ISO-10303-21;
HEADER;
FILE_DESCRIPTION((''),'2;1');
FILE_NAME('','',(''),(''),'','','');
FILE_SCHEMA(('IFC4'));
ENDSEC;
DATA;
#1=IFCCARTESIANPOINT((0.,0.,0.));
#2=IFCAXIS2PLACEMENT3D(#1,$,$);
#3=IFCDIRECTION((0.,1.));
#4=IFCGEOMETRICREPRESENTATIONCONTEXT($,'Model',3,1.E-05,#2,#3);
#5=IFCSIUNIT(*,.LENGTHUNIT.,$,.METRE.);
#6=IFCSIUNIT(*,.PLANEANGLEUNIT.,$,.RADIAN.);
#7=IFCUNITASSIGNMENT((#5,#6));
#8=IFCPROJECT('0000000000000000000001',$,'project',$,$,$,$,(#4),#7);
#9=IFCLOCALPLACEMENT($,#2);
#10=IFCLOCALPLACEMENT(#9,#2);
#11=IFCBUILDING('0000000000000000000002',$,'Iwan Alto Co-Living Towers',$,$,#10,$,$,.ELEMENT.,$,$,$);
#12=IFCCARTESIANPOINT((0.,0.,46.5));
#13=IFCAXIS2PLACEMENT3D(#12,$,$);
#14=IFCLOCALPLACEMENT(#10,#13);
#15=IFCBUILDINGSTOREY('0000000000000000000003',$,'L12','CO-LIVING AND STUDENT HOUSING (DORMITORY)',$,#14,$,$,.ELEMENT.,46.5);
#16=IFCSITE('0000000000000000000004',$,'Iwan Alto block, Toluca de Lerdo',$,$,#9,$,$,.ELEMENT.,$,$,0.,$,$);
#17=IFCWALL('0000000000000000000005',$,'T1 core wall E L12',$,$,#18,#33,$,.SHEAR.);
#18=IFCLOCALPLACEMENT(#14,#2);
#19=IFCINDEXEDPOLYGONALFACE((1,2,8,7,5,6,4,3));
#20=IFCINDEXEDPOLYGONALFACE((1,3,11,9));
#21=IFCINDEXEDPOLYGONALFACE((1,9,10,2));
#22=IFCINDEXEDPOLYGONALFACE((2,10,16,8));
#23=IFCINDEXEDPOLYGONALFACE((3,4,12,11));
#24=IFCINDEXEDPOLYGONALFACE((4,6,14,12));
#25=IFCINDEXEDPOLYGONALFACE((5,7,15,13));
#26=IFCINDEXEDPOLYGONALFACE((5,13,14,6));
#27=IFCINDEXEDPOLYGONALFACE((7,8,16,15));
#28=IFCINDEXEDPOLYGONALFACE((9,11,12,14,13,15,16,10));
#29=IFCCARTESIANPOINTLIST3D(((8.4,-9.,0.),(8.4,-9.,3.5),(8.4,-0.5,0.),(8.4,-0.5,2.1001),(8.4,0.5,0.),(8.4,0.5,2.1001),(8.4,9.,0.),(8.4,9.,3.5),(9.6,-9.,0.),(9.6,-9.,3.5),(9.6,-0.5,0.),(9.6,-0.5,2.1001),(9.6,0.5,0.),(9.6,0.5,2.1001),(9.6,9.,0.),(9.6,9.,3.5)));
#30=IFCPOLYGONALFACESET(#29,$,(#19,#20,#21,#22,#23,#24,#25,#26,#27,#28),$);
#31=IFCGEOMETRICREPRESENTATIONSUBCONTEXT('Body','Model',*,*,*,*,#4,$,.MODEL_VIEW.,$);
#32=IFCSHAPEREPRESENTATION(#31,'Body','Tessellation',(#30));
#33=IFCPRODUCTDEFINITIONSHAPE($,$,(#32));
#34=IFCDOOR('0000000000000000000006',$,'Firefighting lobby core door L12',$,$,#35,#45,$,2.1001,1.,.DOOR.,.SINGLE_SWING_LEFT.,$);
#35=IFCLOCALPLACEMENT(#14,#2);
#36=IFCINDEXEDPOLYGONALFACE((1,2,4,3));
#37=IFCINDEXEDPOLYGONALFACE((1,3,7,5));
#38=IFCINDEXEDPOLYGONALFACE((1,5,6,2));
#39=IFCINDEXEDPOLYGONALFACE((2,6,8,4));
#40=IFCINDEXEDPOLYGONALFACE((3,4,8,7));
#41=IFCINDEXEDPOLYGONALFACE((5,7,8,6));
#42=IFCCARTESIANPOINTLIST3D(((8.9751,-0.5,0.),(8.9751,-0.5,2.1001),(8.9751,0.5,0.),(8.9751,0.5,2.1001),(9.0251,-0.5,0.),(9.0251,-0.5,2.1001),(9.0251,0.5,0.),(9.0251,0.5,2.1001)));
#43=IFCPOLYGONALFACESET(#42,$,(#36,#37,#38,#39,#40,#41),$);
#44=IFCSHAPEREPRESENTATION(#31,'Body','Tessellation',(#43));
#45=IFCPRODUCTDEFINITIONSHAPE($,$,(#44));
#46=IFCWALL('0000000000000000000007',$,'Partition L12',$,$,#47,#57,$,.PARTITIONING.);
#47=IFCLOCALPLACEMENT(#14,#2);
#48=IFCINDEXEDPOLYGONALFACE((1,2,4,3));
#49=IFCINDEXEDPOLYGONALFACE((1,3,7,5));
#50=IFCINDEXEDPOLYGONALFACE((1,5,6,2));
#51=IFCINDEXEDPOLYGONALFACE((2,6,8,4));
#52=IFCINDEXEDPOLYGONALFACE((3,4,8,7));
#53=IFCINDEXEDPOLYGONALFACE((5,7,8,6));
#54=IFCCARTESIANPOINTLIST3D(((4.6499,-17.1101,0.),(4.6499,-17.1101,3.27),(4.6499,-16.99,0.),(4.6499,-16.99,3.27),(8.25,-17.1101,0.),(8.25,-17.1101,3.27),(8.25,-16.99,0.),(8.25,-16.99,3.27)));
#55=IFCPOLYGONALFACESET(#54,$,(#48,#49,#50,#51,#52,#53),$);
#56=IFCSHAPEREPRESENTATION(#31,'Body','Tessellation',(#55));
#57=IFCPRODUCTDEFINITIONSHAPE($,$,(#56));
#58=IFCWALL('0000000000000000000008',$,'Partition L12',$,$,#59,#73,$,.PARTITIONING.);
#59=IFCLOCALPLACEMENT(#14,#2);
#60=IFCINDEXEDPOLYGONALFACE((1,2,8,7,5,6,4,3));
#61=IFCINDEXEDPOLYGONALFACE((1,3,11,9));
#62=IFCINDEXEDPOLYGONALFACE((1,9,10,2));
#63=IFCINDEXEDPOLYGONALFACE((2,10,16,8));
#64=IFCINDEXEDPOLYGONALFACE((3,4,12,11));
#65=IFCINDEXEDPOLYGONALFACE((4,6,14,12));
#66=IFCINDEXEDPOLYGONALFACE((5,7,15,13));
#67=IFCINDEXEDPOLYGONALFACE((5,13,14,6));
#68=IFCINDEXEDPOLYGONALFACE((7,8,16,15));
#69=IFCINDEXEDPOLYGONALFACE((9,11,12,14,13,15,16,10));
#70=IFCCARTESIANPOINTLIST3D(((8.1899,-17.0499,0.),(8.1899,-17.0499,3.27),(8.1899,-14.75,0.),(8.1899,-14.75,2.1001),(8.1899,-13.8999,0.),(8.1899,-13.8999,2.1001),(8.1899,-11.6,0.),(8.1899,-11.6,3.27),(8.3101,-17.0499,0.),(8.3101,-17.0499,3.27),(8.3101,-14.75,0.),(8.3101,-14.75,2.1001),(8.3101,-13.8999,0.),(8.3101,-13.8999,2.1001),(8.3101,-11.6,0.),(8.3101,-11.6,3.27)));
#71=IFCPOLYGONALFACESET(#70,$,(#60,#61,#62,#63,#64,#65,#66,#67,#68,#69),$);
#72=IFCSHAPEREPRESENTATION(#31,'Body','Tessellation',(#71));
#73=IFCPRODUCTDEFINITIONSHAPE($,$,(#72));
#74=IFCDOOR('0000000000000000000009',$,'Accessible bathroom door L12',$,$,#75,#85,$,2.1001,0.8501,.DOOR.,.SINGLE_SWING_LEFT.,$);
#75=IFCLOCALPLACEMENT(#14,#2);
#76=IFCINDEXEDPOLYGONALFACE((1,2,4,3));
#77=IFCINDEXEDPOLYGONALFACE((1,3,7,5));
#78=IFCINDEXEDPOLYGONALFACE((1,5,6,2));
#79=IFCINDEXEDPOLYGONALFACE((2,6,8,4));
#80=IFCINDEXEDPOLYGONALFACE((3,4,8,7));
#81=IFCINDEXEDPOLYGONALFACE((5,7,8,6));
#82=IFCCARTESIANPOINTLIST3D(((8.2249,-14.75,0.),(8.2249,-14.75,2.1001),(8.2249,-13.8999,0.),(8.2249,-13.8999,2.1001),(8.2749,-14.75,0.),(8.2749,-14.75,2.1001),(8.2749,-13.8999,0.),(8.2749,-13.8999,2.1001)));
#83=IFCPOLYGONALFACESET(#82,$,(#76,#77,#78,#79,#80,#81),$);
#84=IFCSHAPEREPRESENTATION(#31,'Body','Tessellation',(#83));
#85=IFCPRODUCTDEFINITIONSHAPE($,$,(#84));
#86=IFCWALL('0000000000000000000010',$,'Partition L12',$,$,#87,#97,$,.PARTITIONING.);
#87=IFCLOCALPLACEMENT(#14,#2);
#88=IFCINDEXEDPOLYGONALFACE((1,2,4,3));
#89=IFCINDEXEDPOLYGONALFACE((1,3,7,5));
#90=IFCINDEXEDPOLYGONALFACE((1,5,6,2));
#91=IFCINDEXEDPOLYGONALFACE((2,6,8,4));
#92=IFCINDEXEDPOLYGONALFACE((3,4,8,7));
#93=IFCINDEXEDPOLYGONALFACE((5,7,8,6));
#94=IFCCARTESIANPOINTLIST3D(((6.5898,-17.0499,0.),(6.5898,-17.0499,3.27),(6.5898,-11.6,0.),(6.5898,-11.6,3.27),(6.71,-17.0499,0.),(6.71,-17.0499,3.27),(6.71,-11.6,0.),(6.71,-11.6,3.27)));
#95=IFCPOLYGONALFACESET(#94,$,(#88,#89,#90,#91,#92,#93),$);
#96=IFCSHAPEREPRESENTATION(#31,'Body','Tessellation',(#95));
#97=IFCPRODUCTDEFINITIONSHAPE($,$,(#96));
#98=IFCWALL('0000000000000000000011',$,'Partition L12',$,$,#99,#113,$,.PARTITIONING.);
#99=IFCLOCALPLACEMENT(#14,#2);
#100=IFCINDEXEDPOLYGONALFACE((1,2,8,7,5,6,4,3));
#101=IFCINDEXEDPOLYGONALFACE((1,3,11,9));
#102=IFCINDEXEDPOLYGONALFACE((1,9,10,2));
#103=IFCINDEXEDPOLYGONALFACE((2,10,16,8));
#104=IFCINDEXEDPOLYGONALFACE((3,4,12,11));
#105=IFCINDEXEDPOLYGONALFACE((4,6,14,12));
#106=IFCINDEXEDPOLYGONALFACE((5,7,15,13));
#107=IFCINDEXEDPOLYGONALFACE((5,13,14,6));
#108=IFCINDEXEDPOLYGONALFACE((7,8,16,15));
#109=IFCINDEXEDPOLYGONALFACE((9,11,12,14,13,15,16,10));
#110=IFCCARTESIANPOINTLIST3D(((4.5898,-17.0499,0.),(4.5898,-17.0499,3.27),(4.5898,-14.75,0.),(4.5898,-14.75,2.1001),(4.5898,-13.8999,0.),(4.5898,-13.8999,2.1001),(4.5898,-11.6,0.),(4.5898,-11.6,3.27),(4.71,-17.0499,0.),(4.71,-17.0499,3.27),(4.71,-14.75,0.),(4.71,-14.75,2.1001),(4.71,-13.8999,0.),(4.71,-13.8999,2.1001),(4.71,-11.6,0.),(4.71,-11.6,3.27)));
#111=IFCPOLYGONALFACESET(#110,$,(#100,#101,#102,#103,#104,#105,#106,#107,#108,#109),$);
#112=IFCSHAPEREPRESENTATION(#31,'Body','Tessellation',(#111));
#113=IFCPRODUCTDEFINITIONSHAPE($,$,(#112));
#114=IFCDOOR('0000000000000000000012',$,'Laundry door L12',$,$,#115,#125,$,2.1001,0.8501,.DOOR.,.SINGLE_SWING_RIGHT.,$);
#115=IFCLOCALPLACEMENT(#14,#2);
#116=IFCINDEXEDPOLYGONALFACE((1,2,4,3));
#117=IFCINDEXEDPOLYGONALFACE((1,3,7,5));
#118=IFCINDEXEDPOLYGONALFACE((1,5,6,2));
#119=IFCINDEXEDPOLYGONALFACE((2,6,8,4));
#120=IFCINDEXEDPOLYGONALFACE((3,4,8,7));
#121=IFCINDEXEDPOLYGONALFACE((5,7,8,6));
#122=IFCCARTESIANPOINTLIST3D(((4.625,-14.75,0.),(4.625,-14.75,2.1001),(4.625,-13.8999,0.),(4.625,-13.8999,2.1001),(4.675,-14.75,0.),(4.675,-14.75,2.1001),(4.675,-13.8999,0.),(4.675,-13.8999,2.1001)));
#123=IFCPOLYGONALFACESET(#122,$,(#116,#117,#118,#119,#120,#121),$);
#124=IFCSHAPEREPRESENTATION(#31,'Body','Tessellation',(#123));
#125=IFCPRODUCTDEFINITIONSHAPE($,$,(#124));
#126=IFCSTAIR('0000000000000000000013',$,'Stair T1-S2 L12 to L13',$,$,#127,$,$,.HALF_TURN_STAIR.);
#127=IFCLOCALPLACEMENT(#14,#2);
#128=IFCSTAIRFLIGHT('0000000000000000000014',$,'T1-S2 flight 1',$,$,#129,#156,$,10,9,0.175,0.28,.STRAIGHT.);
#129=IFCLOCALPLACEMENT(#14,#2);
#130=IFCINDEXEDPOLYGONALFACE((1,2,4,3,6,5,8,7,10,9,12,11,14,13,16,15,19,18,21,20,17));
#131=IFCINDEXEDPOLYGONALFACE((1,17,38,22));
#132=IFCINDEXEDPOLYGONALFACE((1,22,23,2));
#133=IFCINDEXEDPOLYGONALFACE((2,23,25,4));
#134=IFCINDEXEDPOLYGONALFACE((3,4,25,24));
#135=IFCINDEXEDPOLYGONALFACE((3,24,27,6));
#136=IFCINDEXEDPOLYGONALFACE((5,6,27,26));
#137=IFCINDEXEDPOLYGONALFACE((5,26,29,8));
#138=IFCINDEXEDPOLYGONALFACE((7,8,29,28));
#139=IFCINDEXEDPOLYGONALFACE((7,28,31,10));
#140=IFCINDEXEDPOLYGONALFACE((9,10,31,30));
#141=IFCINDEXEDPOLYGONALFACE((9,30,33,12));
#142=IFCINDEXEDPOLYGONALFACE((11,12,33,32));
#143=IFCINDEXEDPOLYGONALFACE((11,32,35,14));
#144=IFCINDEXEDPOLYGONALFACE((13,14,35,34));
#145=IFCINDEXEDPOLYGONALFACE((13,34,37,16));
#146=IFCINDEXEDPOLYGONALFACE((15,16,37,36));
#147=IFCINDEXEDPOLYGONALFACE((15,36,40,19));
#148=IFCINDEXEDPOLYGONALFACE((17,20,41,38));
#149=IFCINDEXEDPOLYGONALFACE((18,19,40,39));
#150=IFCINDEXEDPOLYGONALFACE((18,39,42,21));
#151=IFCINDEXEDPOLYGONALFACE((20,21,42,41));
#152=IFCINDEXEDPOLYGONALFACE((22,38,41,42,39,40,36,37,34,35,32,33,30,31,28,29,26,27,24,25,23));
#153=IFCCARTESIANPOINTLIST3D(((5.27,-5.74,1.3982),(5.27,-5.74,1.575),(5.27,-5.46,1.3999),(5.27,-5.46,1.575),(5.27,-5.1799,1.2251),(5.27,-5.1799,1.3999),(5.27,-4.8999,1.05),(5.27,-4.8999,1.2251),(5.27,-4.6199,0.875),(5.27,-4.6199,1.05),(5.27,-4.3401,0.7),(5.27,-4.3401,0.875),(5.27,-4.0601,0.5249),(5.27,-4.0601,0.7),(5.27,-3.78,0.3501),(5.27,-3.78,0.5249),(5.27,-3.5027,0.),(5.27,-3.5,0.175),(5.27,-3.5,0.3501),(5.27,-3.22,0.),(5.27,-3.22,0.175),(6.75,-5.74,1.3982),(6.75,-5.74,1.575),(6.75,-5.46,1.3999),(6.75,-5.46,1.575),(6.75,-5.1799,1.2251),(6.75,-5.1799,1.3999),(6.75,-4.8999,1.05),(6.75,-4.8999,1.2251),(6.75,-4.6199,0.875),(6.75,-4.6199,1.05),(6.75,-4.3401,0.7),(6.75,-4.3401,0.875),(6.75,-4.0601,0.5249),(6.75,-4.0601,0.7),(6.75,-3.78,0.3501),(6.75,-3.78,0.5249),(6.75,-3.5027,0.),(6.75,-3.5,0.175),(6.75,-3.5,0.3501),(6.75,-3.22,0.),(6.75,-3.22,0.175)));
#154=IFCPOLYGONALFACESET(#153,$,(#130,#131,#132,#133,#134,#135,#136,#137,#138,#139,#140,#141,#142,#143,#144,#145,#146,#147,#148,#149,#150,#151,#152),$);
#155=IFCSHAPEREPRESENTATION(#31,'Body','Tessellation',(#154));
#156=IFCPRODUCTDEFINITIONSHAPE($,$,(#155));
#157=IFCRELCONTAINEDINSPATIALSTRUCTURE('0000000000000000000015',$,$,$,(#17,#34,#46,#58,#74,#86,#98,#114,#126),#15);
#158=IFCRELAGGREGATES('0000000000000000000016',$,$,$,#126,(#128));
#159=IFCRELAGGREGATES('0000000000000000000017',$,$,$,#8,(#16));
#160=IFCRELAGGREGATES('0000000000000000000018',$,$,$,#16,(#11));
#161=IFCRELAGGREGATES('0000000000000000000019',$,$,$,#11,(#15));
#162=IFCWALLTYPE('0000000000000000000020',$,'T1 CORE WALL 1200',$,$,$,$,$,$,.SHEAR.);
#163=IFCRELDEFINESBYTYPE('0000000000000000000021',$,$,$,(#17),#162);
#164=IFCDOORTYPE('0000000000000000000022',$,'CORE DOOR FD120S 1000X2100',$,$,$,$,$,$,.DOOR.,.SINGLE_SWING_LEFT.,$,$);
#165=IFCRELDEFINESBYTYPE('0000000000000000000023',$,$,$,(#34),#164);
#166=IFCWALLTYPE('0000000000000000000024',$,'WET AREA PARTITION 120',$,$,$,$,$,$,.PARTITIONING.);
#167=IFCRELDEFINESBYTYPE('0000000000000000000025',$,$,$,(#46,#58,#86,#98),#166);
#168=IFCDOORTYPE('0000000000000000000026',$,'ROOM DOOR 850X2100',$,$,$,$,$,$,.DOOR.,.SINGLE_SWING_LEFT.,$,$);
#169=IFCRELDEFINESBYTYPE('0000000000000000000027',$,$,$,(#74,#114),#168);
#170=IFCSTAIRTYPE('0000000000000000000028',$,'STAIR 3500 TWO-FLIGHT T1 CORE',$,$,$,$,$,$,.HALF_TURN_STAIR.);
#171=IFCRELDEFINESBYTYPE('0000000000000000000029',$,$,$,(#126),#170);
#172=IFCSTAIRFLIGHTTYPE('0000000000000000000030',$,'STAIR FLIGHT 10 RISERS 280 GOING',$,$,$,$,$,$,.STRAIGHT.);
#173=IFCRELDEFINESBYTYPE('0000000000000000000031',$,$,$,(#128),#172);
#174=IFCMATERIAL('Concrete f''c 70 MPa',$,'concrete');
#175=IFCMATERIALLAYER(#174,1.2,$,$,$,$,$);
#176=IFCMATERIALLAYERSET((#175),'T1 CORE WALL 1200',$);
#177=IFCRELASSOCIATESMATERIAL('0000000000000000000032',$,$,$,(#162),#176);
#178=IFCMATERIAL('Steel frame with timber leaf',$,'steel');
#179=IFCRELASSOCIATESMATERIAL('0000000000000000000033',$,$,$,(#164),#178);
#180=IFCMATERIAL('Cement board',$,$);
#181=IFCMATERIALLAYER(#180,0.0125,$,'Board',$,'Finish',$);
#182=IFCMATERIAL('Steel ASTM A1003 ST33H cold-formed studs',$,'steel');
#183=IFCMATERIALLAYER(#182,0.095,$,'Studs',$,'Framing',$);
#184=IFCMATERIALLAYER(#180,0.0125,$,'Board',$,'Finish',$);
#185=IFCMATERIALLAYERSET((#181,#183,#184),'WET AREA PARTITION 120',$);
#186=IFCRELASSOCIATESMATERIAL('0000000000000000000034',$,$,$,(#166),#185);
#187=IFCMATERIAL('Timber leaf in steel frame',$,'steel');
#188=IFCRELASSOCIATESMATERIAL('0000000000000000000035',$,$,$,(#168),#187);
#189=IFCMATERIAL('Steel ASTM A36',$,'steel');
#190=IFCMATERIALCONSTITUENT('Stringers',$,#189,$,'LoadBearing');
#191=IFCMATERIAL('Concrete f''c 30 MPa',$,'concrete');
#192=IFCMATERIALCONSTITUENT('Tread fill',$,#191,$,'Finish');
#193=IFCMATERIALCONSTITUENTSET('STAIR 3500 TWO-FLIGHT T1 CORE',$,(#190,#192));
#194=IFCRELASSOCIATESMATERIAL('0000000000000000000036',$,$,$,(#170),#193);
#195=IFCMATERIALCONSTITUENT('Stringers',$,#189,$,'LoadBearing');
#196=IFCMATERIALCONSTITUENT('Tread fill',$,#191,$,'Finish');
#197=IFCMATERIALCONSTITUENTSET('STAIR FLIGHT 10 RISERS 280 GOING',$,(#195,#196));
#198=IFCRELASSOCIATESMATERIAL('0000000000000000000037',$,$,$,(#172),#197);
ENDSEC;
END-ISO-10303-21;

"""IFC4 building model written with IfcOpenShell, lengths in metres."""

from ifc_helpers import new_model, si_unit, direction, frame, frame_2d, origin, place, context, subcontext, project, spatial, polyline, rectangle, outline, extrude, material, layer, layer_set, constituent, constituent_set, type_object, element, fill, aggregate, save


model = new_model("IFC4")

# Units and contexts
model_context = context("Model", 3, precision=1e-05, world=origin(), true_north=direction((0.0, 1.0)))
body_context = subcontext(model_context, "Body", "Model", "MODEL_VIEW")
ifc_project = project(units=[si_unit("LENGTHUNIT", "METRE"), si_unit("PLANEANGLEUNIT", "RADIAN")], contexts=[model_context])

# Site, building, storey
site_placement = place(None, origin())
site = spatial("IfcSite", under=ifc_project, at=site_placement, Name="Iwan Alto block, Toluca de Lerdo", CompositionType="ELEMENT", RefElevation=0.0)
building_placement = place(site_placement, origin())
building = spatial("IfcBuilding", under=site, at=building_placement, Name="Iwan Alto Co-Living Towers", CompositionType="ELEMENT")
storey_placement = place(building_placement, frame((0.0, 0.0, 46.5)))
storey = spatial("IfcBuildingStorey", under=building, at=storey_placement, Name="L12", Description="CO-LIVING AND STUDENT HOUSING (DORMITORY)", CompositionType="ELEMENT", Elevation=46.5)

# Shared definitions
ifc_material_1 = material(Name="Steel ASTM A1003 ST33H cold-formed studs", Category="steel")

# Wall, opening, door
ifc_material_2 = material(Name="Concrete f'c 70 MPa", Category="concrete")
ifc_layer_1 = layer(ifc_material_2, 1.2)
ifc_layer_set_1 = layer_set([ifc_layer_1], Name="T1 CORE WALL 1200")
wall_type_1 = type_object("IfcWallType", Name="T1 CORE WALL 1200", PredefinedType="SHEAR", material=ifc_layer_set_1)
wall_1_placement = place(storey_placement, frame((9.0, -9.0, 0.0), z_axis=(0.0, 0.0, 1.0), x_axis=(0.0, 1.0, 0.0)))
wall_1 = element("IfcWall", 1, at=wall_1_placement, inside=storey, type_object=wall_type_1, Name="T1 core wall E L12", PredefinedType="SHEAR", context=body_context, shape_type="SweptSolid", body=[
    extrude(rectangle(XDim=18.0, YDim=1.2, at=frame_2d((9.0, 0.0))), origin(), (0.0, 0.0, 1.0), 3.5),
])
opening_1_placement = place(wall_1_placement, frame((8.5, 0.0, 0.0)))
opening_1 = element("IfcOpeningElement", 2, at=opening_1_placement, cuts=wall_1, PredefinedType="OPENING", context=body_context, shape_type="SweptSolid", body=[
    extrude(rectangle(XDim=1.0, YDim=2.1001, at=frame_2d((0.5, 1.05))), frame((0.0, 0.6099, 0.0), z_axis=(0.0, -1.0, 0.0), x_axis=(1.0, 0.0, 0.0)), (0.0, 0.0, 1.0), 1.22),
])
ifc_material_3 = material(Name="Steel frame with timber leaf", Category="steel")
door_type_1 = type_object("IfcDoorType", Name="CORE DOOR FD120S 1000X2100", OperationType="SINGLE_SWING_LEFT", PredefinedType="DOOR", material=ifc_material_3)
door_1_placement = place(opening_1_placement, origin())
door_1 = element("IfcDoor", 3, at=door_1_placement, inside=storey, type_object=door_type_1, Name="Firefighting lobby core door L12", OperationType="SINGLE_SWING_LEFT", OverallHeight=2.1001, OverallWidth=1.0, PredefinedType="DOOR", context=body_context, shape_type="SweptSolid", body=[
    extrude(rectangle(XDim=1.0, YDim=2.1001, at=frame_2d((0.5, 1.05))), frame((0.0, 0.0249, 0.0), z_axis=(0.0, -1.0, 0.0), x_axis=(1.0, 0.0, 0.0)), (0.0, 0.0, 1.0), 0.05),
])
fill(opening_1, door_1)

# Wall
ifc_material_4 = material(Name="Cement board")
ifc_layer_2 = layer(ifc_material_4, 0.0125, Name="Board", Category="Finish")
ifc_layer_3 = layer(ifc_material_1, 0.095, Name="Studs", Category="Framing")
ifc_layer_4 = layer(ifc_material_4, 0.0125, Name="Board", Category="Finish")
ifc_layer_set_2 = layer_set([ifc_layer_2, ifc_layer_3, ifc_layer_4], Name="WET AREA PARTITION 120")
wall_type_2 = type_object("IfcWallType", Name="WET AREA PARTITION 120", PredefinedType="PARTITIONING", material=ifc_layer_set_2)
wall_2_placement = place(storey_placement, frame((4.6499, -17.05, 0.0), z_axis=(0.0, 0.0, 1.0), x_axis=(1.0, 0.0, 0.0)))
element("IfcWall", 4, at=wall_2_placement, inside=storey, type_object=wall_type_2, Name="Partition L12", PredefinedType="PARTITIONING", context=body_context, shape_type="SweptSolid", body=[
    extrude(rectangle(XDim=3.6001, YDim=0.1201, at=frame_2d((1.8, 0.0))), origin(), (0.0, 0.0, 1.0), 3.27),
])

# Wall, opening, door
wall_3_placement = place(storey_placement, frame((8.25, -17.05, 0.0), z_axis=(0.0, 0.0, 1.0), x_axis=(0.0, 1.0, 0.0)))
wall_3 = element("IfcWall", 5, at=wall_3_placement, inside=storey, type_object=wall_type_2, Name="Partition L12", PredefinedType="PARTITIONING", context=body_context, shape_type="SweptSolid", body=[
    extrude(rectangle(XDim=5.45, YDim=0.1201, at=frame_2d((2.7251, 0.0))), origin(), (0.0, 0.0, 1.0), 3.27),
])
opening_2_placement = place(wall_3_placement, frame((2.3, 0.0, 0.0)))
opening_2 = element("IfcOpeningElement", 6, at=opening_2_placement, cuts=wall_3, PredefinedType="OPENING", context=body_context, shape_type="SweptSolid", body=[
    extrude(rectangle(XDim=0.8501, YDim=2.1001, at=frame_2d((0.425, 1.05))), frame((0.0, 0.0701, 0.0), z_axis=(0.0, -1.0, 0.0), x_axis=(1.0, 0.0, 0.0)), (0.0, 0.0, 1.0), 0.1401),
])
ifc_material_5 = material(Name="Timber leaf in steel frame", Category="steel")
door_type_2 = type_object("IfcDoorType", Name="ROOM DOOR 850X2100", OperationType="SINGLE_SWING_LEFT", PredefinedType="DOOR", material=ifc_material_5)
door_2_placement = place(opening_2_placement, frame((0.8501, 0.0, 0.0), z_axis=(0.0, 0.0, 1.0), x_axis=(-1.0, 0.0, 0.0)))
door_2 = element("IfcDoor", 7, at=door_2_placement, inside=storey, type_object=door_type_2, Name="Accessible bathroom door L12", OperationType="SINGLE_SWING_LEFT", OverallHeight=2.1001, OverallWidth=0.8501, PredefinedType="DOOR", context=body_context, shape_type="SweptSolid", body=[
    extrude(rectangle(XDim=0.8501, YDim=2.1001, at=frame_2d((0.425, 1.05))), frame((0.0, 0.0249, 0.0), z_axis=(0.0, -1.0, 0.0), x_axis=(1.0, 0.0, 0.0)), (0.0, 0.0, 1.0), 0.05),
])
fill(opening_2, door_2)

# Wall
wall_4_placement = place(storey_placement, frame((6.6499, -17.05, 0.0), z_axis=(0.0, 0.0, 1.0), x_axis=(0.0, 1.0, 0.0)))
element("IfcWall", 8, at=wall_4_placement, inside=storey, type_object=wall_type_2, Name="Partition L12", PredefinedType="PARTITIONING", context=body_context, shape_type="SweptSolid", body=[
    extrude(rectangle(XDim=5.45, YDim=0.1201, at=frame_2d((2.7251, 0.0))), origin(), (0.0, 0.0, 1.0), 3.27),
])

# Wall, opening, door
wall_5_placement = place(storey_placement, frame((4.6499, -17.05, 0.0), z_axis=(0.0, 0.0, 1.0), x_axis=(0.0, 1.0, 0.0)))
wall_5 = element("IfcWall", 9, at=wall_5_placement, inside=storey, type_object=wall_type_2, Name="Partition L12", PredefinedType="PARTITIONING", context=body_context, shape_type="SweptSolid", body=[
    extrude(rectangle(XDim=5.45, YDim=0.1201, at=frame_2d((2.7251, 0.0))), origin(), (0.0, 0.0, 1.0), 3.27),
])
opening_3_placement = place(wall_5_placement, frame((2.3, 0.0, 0.0)))
opening_3 = element("IfcOpeningElement", 10, at=opening_3_placement, cuts=wall_5, PredefinedType="OPENING", context=body_context, shape_type="SweptSolid", body=[
    extrude(rectangle(XDim=0.8501, YDim=2.1001, at=frame_2d((0.425, 1.05))), frame((0.0, 0.0701, 0.0), z_axis=(0.0, -1.0, 0.0), x_axis=(1.0, 0.0, 0.0)), (0.0, 0.0, 1.0), 0.1401),
])
door_3_placement = place(opening_3_placement, origin())
door_3 = element("IfcDoor", 11, at=door_3_placement, inside=storey, type_object=door_type_2, Name="Laundry door L12", OperationType="SINGLE_SWING_RIGHT", OverallHeight=2.1001, OverallWidth=0.8501, PredefinedType="DOOR", context=body_context, shape_type="SweptSolid", body=[
    extrude(rectangle(XDim=0.8501, YDim=2.1001, at=frame_2d((0.425, 1.05))), frame((0.0, 0.0249, 0.0), z_axis=(0.0, -1.0, 0.0), x_axis=(1.0, 0.0, 0.0)), (0.0, 0.0, 1.0), 0.05),
])
fill(opening_3, door_3)

# Stair, stair flight
ifc_material_6 = material(Name="Steel ASTM A36", Category="steel")
ifc_constituent_1 = constituent(ifc_material_6, Name="Stringers", Category="LoadBearing")
ifc_material_7 = material(Name="Concrete f'c 30 MPa", Category="concrete")
ifc_constituent_2 = constituent(ifc_material_7, Name="Tread fill", Category="Finish")
ifc_constituent_set_1 = constituent_set(constituents=[ifc_constituent_1, ifc_constituent_2], Name="STAIR 3500 TWO-FLIGHT T1 CORE")
stair_type = type_object("IfcStairType", Name="STAIR 3500 TWO-FLIGHT T1 CORE", PredefinedType="HALF_TURN_STAIR", material=ifc_constituent_set_1)
stair_placement = place(storey_placement, origin())
stair = element("IfcStair", 12, at=stair_placement, inside=storey, type_object=stair_type, Name="Stair T1-S2 L12 to L13", PredefinedType="HALF_TURN_STAIR")
ifc_constituent_3 = constituent(ifc_material_6, Name="Stringers", Category="LoadBearing")
ifc_constituent_4 = constituent(ifc_material_7, Name="Tread fill", Category="Finish")
ifc_constituent_set_2 = constituent_set(constituents=[ifc_constituent_3, ifc_constituent_4], Name="STAIR FLIGHT 10 RISERS 280 GOING")
stair_flight_type = type_object("IfcStairFlightType", Name="STAIR FLIGHT 10 RISERS 280 GOING", PredefinedType="STRAIGHT", material=ifc_constituent_set_2)
stair_flight_1_placement = place(storey_placement, frame((6.01, -3.22, 0.0), z_axis=(0.0, 0.0, 1.0), x_axis=(0.0, -1.0, 0.0)))
stair_flight_1 = element("IfcStairFlight", 13, at=stair_flight_1_placement, type_object=stair_flight_type, Name="T1-S2 flight 1", NumberOfRisers=10, NumberOfTreads=9, PredefinedType="STRAIGHT", RiserHeight=0.175, TreadLength=0.28, context=body_context, shape_type="SweptSolid", body=[
    extrude(outline(polyline([(0.0, 0.0), (0.0, 0.175), (0.28, 0.175), (0.28, 0.3501), (0.5601, 0.3501), (0.5601, 0.5249), (0.8401, 0.5249), (0.8401, 0.7), (1.1201, 0.7), (1.1201, 0.875), (1.3999, 0.875), (1.3999, 1.05), (1.6799, 1.05), (1.6799, 1.2251), (1.96, 1.2251), (1.96, 1.3999), (2.24, 1.3999), (2.24, 1.575), (2.52, 1.575), (2.52, 1.75), (2.52, 1.3982), (0.2827, 0.0), (0.0, 0.0)])), frame((0.0, 0.74, 0.0), z_axis=(0.0, -1.0, 0.0), x_axis=(1.0, 0.0, 0.0)), (0.0, 0.0, 1.0), 1.48),
])
aggregate(stair, [stair_flight_1])

save(model, "model.ifc")
